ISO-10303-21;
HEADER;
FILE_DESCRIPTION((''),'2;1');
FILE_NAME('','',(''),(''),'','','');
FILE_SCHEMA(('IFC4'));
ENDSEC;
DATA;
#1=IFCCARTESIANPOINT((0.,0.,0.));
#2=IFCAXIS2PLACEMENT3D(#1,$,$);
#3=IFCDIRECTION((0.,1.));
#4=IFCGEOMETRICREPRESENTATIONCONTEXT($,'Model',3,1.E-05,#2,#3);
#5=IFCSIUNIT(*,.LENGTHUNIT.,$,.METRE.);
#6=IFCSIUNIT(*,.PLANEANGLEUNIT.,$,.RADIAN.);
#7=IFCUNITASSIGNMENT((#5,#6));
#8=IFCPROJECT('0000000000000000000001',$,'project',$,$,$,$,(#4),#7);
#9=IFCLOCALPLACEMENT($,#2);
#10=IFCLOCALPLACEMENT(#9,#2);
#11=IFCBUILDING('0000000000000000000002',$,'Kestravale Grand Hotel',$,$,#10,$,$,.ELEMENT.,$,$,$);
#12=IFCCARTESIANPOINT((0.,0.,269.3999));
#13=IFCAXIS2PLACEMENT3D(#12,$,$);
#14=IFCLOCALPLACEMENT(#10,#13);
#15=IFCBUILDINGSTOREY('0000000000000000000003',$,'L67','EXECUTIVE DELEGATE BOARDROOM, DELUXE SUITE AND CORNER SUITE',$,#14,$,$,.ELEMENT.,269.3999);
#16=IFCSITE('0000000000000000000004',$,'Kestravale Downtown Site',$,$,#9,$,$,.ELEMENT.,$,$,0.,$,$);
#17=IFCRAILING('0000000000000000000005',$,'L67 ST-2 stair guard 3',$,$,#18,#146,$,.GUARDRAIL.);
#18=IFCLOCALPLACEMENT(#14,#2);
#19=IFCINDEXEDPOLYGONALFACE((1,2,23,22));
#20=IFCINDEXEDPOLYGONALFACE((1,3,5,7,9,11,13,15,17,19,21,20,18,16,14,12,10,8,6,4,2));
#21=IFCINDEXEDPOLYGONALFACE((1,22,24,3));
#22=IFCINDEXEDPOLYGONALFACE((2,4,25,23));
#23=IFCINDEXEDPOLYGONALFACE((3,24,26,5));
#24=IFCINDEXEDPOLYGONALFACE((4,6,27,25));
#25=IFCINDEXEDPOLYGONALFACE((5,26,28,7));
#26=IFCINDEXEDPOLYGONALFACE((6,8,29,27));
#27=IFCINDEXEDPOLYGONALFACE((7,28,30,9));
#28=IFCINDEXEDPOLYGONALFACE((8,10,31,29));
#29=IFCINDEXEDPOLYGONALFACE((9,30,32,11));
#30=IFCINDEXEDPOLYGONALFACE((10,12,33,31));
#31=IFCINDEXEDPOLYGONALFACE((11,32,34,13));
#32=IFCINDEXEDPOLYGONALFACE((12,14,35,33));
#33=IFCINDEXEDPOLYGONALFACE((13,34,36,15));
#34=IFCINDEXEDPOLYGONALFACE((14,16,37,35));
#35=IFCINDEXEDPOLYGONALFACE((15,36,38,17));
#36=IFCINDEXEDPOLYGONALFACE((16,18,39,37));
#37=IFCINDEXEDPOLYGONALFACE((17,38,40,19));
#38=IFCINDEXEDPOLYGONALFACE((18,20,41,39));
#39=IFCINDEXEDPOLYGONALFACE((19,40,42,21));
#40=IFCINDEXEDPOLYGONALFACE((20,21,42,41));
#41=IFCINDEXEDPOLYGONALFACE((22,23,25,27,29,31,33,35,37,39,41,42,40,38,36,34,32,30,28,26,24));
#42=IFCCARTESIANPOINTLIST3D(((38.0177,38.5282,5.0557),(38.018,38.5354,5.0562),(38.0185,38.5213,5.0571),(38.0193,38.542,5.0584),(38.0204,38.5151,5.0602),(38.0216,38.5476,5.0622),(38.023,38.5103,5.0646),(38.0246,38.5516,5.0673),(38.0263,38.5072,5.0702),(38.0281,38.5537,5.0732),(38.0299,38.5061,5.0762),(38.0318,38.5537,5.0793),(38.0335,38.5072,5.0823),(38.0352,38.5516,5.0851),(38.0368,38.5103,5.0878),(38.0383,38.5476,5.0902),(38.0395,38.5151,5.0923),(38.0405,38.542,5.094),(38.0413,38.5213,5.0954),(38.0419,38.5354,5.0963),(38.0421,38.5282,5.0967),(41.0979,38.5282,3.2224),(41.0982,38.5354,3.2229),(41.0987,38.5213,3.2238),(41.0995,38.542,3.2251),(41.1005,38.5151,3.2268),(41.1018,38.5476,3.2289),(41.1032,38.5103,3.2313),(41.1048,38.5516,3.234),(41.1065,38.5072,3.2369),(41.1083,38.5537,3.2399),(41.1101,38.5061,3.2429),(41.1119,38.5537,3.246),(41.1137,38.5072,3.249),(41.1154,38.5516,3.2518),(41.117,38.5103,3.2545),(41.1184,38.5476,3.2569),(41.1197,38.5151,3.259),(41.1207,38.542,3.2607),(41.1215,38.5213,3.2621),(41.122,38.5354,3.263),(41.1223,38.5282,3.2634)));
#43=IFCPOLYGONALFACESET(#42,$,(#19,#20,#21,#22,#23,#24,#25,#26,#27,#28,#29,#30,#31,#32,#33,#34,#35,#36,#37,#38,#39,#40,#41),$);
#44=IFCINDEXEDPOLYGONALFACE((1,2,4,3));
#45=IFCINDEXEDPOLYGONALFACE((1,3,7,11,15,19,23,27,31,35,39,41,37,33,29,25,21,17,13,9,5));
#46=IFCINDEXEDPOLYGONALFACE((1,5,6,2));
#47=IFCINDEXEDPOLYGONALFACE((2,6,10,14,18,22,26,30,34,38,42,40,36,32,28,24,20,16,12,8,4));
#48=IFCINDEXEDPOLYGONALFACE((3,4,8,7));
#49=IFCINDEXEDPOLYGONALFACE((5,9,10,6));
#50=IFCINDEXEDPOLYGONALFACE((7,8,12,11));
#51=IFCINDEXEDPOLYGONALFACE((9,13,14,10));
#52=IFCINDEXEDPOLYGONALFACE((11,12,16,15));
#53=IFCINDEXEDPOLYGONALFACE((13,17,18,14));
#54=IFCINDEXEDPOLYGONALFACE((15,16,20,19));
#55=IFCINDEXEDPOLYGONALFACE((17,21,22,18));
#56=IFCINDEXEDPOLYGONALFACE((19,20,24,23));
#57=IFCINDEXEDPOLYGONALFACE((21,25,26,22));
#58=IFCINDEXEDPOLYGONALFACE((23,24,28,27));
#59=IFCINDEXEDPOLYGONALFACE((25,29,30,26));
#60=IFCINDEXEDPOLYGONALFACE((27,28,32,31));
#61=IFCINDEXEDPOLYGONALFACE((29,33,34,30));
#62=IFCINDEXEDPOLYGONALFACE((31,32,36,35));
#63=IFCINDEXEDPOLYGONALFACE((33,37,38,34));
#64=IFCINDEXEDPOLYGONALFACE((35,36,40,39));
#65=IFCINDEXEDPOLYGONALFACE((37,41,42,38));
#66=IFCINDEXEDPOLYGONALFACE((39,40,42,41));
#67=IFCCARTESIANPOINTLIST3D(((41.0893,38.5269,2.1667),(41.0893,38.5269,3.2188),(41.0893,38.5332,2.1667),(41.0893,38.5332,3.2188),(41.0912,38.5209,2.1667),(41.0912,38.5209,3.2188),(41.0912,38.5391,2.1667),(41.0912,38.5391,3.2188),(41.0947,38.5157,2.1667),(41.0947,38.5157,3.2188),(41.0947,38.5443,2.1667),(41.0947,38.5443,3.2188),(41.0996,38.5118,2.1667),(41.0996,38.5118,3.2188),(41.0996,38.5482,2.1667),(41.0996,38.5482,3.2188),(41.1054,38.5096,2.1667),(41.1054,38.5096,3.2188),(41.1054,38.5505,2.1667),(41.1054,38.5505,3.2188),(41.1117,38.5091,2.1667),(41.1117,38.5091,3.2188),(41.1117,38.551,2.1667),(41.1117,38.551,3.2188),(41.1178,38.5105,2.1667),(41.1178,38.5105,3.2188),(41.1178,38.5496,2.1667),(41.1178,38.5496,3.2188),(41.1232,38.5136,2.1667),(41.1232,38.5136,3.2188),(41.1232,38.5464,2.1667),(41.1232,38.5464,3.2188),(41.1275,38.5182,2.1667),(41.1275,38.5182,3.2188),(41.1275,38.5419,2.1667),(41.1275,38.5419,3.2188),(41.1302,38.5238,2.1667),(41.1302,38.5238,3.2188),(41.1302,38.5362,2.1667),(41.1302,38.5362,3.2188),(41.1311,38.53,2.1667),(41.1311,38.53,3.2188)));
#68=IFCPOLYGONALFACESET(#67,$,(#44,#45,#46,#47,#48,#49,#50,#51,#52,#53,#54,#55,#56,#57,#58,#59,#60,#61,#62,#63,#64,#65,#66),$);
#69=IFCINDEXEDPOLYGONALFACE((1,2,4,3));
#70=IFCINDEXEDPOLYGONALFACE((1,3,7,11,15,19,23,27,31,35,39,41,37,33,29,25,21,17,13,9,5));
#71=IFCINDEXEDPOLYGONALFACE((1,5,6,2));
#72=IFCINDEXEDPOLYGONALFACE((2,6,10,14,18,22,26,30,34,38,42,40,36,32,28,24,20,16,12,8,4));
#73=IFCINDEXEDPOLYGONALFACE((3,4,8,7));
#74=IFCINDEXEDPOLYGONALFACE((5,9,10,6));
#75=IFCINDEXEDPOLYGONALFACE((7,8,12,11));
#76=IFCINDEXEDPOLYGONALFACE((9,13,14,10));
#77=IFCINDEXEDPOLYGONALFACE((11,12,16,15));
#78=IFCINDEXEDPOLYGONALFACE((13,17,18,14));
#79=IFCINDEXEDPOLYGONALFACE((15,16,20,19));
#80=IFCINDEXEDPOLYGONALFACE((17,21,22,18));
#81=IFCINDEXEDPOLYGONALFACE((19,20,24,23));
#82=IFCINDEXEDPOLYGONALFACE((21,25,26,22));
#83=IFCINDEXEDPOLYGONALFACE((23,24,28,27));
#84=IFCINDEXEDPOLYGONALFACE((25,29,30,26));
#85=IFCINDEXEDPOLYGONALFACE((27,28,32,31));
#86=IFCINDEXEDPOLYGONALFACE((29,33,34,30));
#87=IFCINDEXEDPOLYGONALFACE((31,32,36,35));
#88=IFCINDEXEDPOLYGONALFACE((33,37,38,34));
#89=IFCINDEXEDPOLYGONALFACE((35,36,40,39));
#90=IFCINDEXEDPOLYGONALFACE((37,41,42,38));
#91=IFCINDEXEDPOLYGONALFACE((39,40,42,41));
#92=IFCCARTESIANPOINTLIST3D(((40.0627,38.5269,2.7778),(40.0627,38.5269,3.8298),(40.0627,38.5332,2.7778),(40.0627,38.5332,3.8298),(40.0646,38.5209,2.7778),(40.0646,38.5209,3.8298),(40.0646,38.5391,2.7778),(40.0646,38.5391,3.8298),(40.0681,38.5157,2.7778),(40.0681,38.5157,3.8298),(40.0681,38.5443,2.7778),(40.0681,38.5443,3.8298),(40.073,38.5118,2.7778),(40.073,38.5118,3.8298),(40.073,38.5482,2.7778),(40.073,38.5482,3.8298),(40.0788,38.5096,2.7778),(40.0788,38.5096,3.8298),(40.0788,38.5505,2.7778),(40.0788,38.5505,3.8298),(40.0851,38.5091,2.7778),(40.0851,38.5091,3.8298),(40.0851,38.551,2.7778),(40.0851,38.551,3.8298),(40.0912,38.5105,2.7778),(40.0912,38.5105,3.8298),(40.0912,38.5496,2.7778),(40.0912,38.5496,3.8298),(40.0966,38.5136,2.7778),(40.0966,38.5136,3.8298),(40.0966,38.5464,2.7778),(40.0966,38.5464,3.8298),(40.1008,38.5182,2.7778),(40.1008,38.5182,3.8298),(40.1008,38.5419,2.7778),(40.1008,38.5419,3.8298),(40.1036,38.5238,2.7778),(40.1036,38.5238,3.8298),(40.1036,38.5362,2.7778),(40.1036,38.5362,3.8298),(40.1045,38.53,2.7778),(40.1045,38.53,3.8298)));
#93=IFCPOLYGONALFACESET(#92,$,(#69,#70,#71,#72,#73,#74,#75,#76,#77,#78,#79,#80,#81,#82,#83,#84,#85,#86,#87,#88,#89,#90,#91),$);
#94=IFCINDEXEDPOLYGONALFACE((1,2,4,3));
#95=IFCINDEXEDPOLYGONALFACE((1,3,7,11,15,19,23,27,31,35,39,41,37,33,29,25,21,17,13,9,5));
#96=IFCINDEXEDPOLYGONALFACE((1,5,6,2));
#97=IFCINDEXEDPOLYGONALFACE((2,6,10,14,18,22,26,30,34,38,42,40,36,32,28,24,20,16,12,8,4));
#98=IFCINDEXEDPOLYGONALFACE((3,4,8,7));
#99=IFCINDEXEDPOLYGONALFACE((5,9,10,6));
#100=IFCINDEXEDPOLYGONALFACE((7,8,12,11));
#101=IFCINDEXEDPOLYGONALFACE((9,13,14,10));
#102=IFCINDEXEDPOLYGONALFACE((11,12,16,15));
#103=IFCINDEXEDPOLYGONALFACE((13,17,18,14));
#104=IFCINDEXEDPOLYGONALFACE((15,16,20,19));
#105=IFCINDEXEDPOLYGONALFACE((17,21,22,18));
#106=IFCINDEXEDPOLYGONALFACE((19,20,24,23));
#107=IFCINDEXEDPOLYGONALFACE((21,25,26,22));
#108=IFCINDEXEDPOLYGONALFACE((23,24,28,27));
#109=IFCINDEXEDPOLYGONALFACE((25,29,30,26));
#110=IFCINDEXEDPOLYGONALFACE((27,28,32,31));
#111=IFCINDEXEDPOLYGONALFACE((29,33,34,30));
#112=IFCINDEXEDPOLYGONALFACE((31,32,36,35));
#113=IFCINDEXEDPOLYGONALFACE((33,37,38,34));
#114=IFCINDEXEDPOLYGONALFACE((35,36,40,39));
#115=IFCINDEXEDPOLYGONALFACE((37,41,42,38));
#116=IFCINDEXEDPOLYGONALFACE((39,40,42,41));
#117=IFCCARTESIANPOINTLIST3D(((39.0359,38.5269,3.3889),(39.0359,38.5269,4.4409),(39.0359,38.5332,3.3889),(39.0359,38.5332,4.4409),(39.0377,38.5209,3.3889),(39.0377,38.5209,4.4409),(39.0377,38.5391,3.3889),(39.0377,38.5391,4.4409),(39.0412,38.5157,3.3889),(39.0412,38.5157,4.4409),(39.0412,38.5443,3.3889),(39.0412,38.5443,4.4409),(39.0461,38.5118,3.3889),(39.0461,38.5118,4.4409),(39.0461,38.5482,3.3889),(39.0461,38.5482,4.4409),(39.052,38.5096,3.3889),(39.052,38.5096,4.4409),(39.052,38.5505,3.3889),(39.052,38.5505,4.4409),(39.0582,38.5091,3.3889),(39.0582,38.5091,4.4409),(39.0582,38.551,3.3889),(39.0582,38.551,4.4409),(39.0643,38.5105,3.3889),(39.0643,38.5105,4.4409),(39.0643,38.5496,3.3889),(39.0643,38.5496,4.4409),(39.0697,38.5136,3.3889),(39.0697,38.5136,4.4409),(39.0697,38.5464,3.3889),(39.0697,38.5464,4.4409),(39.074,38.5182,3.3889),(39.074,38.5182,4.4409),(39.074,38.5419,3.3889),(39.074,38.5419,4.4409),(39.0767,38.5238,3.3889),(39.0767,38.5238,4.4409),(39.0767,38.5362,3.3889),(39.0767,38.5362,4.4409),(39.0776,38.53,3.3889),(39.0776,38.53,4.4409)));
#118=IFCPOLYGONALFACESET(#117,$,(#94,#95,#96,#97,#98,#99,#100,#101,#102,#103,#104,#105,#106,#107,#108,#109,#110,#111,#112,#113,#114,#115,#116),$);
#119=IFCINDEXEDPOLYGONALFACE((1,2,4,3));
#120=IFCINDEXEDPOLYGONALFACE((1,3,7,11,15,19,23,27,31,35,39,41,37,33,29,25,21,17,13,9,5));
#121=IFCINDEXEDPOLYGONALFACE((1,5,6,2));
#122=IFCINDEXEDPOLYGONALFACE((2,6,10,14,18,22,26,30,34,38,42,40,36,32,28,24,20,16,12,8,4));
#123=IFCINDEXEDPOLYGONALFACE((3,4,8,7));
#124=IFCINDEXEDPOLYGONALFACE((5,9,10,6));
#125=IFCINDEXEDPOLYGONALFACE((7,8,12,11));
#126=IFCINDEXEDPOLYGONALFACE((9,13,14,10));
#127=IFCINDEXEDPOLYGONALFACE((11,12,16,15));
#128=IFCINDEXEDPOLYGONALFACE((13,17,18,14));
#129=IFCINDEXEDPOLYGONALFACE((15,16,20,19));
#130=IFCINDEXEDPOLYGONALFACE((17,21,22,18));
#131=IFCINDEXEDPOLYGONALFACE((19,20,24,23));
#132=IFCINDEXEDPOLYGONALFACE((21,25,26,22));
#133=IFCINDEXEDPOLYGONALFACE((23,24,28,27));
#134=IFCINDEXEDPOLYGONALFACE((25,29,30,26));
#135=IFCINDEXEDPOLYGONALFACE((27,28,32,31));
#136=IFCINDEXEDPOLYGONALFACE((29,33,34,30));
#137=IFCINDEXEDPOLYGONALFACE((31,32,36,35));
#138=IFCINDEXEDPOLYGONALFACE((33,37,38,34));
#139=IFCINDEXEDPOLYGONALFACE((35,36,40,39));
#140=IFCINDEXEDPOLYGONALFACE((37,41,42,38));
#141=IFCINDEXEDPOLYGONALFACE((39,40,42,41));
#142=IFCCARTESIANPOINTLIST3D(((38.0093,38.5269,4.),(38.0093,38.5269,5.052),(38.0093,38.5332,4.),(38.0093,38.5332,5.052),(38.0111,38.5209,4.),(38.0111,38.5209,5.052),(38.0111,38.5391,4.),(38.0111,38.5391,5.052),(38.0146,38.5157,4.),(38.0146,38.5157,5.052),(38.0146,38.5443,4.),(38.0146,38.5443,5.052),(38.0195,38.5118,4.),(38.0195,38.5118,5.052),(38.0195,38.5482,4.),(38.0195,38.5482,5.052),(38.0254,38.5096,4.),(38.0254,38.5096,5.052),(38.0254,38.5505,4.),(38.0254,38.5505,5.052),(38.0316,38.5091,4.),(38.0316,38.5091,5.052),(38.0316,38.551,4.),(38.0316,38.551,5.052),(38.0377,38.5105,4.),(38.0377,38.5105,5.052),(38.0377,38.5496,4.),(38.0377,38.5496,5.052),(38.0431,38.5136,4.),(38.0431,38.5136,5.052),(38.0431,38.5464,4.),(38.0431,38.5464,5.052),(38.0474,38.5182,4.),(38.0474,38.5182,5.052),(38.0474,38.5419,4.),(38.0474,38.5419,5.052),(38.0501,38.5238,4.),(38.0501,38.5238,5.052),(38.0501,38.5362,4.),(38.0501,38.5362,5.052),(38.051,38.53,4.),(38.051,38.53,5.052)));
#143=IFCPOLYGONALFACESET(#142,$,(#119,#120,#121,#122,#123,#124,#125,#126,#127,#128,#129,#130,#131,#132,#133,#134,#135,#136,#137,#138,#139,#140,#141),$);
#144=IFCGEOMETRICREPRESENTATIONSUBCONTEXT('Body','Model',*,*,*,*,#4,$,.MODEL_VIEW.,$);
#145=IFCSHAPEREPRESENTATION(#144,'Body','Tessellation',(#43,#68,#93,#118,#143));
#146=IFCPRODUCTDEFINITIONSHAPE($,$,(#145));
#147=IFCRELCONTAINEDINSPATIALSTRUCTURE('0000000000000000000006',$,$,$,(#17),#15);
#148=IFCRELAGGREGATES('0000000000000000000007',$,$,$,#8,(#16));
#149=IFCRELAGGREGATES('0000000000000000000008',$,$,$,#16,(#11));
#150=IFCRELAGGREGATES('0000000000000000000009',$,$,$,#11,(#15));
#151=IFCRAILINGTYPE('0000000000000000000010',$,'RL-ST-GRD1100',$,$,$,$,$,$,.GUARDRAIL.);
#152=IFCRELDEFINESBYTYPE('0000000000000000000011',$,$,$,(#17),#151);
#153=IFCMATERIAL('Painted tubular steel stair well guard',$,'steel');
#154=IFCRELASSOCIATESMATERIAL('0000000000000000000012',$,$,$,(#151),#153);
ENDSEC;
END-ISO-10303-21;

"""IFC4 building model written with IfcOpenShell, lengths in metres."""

from ifc_helpers import new_model, si_unit, direction, frame, origin, origin_2d, place, context, subcontext, project, spatial, circle, extrude, material, type_object, element, save


model = new_model("IFC4")

# Units and contexts
model_context = context("Model", 3, precision=1e-05, world=origin(), true_north=direction((0.0, 1.0)))
body_context = subcontext(model_context, "Body", "Model", "MODEL_VIEW")
ifc_project = project(units=[si_unit("LENGTHUNIT", "METRE"), si_unit("PLANEANGLEUNIT", "RADIAN")], contexts=[model_context])

# Site, building, storey
site_placement = place(None, origin())
site = spatial("IfcSite", under=ifc_project, at=site_placement, Name="Kestravale Downtown Site", CompositionType="ELEMENT", RefElevation=0.0)
building_placement = place(site_placement, origin())
building = spatial("IfcBuilding", under=site, at=building_placement, Name="Kestravale Grand Hotel", CompositionType="ELEMENT")
storey_placement = place(building_placement, frame((0.0, 0.0, 269.3999)))
storey = spatial("IfcBuildingStorey", under=building, at=storey_placement, Name="L67", Description="EXECUTIVE DELEGATE BOARDROOM, DELUXE SUITE AND CORNER SUITE", CompositionType="ELEMENT", Elevation=269.3999)

# Railing
ifc_material_1 = material(Name="Painted tubular steel stair well guard", Category="steel")
railing_type_1 = type_object("IfcRailingType", Name="RL-ST-GRD1100", PredefinedType="GUARDRAIL", material=ifc_material_1)
railing_1_placement = place(storey_placement, frame((41.1101, 38.53, 2.1667)))
element("IfcRailing", 1, at=railing_1_placement, inside=storey, type_object=railing_type_1, Name="L67 ST-2 stair guard 3", PredefinedType="GUARDRAIL", context=body_context, shape_type="SweptSolid", body=[
    extrude(circle(Radius=0.0239, at=origin_2d()), frame((0.0, 0.0, 1.0762), z_axis=(-0.859309, 0.0, 0.511458), x_axis=(0.0, -1.0, 0.0)), (0.0, 0.0, 1.0), 3.5845),
    extrude(circle(Radius=0.021, at=origin_2d()), origin(), (0.0, 0.0, 1.0), 1.052),
    extrude(circle(Radius=0.021, at=origin_2d()), frame((-1.0266, 0.0, 0.6111)), (0.0, 0.0, 1.0), 1.052),
    extrude(circle(Radius=0.021, at=origin_2d()), frame((-2.0535, 0.0, 1.2222)), (0.0, 0.0, 1.0), 1.052),
    extrude(circle(Radius=0.021, at=origin_2d()), frame((-3.0801, 0.0, 1.8333)), (0.0, 0.0, 1.0), 1.052),
])

save(model, "model.ifc")
